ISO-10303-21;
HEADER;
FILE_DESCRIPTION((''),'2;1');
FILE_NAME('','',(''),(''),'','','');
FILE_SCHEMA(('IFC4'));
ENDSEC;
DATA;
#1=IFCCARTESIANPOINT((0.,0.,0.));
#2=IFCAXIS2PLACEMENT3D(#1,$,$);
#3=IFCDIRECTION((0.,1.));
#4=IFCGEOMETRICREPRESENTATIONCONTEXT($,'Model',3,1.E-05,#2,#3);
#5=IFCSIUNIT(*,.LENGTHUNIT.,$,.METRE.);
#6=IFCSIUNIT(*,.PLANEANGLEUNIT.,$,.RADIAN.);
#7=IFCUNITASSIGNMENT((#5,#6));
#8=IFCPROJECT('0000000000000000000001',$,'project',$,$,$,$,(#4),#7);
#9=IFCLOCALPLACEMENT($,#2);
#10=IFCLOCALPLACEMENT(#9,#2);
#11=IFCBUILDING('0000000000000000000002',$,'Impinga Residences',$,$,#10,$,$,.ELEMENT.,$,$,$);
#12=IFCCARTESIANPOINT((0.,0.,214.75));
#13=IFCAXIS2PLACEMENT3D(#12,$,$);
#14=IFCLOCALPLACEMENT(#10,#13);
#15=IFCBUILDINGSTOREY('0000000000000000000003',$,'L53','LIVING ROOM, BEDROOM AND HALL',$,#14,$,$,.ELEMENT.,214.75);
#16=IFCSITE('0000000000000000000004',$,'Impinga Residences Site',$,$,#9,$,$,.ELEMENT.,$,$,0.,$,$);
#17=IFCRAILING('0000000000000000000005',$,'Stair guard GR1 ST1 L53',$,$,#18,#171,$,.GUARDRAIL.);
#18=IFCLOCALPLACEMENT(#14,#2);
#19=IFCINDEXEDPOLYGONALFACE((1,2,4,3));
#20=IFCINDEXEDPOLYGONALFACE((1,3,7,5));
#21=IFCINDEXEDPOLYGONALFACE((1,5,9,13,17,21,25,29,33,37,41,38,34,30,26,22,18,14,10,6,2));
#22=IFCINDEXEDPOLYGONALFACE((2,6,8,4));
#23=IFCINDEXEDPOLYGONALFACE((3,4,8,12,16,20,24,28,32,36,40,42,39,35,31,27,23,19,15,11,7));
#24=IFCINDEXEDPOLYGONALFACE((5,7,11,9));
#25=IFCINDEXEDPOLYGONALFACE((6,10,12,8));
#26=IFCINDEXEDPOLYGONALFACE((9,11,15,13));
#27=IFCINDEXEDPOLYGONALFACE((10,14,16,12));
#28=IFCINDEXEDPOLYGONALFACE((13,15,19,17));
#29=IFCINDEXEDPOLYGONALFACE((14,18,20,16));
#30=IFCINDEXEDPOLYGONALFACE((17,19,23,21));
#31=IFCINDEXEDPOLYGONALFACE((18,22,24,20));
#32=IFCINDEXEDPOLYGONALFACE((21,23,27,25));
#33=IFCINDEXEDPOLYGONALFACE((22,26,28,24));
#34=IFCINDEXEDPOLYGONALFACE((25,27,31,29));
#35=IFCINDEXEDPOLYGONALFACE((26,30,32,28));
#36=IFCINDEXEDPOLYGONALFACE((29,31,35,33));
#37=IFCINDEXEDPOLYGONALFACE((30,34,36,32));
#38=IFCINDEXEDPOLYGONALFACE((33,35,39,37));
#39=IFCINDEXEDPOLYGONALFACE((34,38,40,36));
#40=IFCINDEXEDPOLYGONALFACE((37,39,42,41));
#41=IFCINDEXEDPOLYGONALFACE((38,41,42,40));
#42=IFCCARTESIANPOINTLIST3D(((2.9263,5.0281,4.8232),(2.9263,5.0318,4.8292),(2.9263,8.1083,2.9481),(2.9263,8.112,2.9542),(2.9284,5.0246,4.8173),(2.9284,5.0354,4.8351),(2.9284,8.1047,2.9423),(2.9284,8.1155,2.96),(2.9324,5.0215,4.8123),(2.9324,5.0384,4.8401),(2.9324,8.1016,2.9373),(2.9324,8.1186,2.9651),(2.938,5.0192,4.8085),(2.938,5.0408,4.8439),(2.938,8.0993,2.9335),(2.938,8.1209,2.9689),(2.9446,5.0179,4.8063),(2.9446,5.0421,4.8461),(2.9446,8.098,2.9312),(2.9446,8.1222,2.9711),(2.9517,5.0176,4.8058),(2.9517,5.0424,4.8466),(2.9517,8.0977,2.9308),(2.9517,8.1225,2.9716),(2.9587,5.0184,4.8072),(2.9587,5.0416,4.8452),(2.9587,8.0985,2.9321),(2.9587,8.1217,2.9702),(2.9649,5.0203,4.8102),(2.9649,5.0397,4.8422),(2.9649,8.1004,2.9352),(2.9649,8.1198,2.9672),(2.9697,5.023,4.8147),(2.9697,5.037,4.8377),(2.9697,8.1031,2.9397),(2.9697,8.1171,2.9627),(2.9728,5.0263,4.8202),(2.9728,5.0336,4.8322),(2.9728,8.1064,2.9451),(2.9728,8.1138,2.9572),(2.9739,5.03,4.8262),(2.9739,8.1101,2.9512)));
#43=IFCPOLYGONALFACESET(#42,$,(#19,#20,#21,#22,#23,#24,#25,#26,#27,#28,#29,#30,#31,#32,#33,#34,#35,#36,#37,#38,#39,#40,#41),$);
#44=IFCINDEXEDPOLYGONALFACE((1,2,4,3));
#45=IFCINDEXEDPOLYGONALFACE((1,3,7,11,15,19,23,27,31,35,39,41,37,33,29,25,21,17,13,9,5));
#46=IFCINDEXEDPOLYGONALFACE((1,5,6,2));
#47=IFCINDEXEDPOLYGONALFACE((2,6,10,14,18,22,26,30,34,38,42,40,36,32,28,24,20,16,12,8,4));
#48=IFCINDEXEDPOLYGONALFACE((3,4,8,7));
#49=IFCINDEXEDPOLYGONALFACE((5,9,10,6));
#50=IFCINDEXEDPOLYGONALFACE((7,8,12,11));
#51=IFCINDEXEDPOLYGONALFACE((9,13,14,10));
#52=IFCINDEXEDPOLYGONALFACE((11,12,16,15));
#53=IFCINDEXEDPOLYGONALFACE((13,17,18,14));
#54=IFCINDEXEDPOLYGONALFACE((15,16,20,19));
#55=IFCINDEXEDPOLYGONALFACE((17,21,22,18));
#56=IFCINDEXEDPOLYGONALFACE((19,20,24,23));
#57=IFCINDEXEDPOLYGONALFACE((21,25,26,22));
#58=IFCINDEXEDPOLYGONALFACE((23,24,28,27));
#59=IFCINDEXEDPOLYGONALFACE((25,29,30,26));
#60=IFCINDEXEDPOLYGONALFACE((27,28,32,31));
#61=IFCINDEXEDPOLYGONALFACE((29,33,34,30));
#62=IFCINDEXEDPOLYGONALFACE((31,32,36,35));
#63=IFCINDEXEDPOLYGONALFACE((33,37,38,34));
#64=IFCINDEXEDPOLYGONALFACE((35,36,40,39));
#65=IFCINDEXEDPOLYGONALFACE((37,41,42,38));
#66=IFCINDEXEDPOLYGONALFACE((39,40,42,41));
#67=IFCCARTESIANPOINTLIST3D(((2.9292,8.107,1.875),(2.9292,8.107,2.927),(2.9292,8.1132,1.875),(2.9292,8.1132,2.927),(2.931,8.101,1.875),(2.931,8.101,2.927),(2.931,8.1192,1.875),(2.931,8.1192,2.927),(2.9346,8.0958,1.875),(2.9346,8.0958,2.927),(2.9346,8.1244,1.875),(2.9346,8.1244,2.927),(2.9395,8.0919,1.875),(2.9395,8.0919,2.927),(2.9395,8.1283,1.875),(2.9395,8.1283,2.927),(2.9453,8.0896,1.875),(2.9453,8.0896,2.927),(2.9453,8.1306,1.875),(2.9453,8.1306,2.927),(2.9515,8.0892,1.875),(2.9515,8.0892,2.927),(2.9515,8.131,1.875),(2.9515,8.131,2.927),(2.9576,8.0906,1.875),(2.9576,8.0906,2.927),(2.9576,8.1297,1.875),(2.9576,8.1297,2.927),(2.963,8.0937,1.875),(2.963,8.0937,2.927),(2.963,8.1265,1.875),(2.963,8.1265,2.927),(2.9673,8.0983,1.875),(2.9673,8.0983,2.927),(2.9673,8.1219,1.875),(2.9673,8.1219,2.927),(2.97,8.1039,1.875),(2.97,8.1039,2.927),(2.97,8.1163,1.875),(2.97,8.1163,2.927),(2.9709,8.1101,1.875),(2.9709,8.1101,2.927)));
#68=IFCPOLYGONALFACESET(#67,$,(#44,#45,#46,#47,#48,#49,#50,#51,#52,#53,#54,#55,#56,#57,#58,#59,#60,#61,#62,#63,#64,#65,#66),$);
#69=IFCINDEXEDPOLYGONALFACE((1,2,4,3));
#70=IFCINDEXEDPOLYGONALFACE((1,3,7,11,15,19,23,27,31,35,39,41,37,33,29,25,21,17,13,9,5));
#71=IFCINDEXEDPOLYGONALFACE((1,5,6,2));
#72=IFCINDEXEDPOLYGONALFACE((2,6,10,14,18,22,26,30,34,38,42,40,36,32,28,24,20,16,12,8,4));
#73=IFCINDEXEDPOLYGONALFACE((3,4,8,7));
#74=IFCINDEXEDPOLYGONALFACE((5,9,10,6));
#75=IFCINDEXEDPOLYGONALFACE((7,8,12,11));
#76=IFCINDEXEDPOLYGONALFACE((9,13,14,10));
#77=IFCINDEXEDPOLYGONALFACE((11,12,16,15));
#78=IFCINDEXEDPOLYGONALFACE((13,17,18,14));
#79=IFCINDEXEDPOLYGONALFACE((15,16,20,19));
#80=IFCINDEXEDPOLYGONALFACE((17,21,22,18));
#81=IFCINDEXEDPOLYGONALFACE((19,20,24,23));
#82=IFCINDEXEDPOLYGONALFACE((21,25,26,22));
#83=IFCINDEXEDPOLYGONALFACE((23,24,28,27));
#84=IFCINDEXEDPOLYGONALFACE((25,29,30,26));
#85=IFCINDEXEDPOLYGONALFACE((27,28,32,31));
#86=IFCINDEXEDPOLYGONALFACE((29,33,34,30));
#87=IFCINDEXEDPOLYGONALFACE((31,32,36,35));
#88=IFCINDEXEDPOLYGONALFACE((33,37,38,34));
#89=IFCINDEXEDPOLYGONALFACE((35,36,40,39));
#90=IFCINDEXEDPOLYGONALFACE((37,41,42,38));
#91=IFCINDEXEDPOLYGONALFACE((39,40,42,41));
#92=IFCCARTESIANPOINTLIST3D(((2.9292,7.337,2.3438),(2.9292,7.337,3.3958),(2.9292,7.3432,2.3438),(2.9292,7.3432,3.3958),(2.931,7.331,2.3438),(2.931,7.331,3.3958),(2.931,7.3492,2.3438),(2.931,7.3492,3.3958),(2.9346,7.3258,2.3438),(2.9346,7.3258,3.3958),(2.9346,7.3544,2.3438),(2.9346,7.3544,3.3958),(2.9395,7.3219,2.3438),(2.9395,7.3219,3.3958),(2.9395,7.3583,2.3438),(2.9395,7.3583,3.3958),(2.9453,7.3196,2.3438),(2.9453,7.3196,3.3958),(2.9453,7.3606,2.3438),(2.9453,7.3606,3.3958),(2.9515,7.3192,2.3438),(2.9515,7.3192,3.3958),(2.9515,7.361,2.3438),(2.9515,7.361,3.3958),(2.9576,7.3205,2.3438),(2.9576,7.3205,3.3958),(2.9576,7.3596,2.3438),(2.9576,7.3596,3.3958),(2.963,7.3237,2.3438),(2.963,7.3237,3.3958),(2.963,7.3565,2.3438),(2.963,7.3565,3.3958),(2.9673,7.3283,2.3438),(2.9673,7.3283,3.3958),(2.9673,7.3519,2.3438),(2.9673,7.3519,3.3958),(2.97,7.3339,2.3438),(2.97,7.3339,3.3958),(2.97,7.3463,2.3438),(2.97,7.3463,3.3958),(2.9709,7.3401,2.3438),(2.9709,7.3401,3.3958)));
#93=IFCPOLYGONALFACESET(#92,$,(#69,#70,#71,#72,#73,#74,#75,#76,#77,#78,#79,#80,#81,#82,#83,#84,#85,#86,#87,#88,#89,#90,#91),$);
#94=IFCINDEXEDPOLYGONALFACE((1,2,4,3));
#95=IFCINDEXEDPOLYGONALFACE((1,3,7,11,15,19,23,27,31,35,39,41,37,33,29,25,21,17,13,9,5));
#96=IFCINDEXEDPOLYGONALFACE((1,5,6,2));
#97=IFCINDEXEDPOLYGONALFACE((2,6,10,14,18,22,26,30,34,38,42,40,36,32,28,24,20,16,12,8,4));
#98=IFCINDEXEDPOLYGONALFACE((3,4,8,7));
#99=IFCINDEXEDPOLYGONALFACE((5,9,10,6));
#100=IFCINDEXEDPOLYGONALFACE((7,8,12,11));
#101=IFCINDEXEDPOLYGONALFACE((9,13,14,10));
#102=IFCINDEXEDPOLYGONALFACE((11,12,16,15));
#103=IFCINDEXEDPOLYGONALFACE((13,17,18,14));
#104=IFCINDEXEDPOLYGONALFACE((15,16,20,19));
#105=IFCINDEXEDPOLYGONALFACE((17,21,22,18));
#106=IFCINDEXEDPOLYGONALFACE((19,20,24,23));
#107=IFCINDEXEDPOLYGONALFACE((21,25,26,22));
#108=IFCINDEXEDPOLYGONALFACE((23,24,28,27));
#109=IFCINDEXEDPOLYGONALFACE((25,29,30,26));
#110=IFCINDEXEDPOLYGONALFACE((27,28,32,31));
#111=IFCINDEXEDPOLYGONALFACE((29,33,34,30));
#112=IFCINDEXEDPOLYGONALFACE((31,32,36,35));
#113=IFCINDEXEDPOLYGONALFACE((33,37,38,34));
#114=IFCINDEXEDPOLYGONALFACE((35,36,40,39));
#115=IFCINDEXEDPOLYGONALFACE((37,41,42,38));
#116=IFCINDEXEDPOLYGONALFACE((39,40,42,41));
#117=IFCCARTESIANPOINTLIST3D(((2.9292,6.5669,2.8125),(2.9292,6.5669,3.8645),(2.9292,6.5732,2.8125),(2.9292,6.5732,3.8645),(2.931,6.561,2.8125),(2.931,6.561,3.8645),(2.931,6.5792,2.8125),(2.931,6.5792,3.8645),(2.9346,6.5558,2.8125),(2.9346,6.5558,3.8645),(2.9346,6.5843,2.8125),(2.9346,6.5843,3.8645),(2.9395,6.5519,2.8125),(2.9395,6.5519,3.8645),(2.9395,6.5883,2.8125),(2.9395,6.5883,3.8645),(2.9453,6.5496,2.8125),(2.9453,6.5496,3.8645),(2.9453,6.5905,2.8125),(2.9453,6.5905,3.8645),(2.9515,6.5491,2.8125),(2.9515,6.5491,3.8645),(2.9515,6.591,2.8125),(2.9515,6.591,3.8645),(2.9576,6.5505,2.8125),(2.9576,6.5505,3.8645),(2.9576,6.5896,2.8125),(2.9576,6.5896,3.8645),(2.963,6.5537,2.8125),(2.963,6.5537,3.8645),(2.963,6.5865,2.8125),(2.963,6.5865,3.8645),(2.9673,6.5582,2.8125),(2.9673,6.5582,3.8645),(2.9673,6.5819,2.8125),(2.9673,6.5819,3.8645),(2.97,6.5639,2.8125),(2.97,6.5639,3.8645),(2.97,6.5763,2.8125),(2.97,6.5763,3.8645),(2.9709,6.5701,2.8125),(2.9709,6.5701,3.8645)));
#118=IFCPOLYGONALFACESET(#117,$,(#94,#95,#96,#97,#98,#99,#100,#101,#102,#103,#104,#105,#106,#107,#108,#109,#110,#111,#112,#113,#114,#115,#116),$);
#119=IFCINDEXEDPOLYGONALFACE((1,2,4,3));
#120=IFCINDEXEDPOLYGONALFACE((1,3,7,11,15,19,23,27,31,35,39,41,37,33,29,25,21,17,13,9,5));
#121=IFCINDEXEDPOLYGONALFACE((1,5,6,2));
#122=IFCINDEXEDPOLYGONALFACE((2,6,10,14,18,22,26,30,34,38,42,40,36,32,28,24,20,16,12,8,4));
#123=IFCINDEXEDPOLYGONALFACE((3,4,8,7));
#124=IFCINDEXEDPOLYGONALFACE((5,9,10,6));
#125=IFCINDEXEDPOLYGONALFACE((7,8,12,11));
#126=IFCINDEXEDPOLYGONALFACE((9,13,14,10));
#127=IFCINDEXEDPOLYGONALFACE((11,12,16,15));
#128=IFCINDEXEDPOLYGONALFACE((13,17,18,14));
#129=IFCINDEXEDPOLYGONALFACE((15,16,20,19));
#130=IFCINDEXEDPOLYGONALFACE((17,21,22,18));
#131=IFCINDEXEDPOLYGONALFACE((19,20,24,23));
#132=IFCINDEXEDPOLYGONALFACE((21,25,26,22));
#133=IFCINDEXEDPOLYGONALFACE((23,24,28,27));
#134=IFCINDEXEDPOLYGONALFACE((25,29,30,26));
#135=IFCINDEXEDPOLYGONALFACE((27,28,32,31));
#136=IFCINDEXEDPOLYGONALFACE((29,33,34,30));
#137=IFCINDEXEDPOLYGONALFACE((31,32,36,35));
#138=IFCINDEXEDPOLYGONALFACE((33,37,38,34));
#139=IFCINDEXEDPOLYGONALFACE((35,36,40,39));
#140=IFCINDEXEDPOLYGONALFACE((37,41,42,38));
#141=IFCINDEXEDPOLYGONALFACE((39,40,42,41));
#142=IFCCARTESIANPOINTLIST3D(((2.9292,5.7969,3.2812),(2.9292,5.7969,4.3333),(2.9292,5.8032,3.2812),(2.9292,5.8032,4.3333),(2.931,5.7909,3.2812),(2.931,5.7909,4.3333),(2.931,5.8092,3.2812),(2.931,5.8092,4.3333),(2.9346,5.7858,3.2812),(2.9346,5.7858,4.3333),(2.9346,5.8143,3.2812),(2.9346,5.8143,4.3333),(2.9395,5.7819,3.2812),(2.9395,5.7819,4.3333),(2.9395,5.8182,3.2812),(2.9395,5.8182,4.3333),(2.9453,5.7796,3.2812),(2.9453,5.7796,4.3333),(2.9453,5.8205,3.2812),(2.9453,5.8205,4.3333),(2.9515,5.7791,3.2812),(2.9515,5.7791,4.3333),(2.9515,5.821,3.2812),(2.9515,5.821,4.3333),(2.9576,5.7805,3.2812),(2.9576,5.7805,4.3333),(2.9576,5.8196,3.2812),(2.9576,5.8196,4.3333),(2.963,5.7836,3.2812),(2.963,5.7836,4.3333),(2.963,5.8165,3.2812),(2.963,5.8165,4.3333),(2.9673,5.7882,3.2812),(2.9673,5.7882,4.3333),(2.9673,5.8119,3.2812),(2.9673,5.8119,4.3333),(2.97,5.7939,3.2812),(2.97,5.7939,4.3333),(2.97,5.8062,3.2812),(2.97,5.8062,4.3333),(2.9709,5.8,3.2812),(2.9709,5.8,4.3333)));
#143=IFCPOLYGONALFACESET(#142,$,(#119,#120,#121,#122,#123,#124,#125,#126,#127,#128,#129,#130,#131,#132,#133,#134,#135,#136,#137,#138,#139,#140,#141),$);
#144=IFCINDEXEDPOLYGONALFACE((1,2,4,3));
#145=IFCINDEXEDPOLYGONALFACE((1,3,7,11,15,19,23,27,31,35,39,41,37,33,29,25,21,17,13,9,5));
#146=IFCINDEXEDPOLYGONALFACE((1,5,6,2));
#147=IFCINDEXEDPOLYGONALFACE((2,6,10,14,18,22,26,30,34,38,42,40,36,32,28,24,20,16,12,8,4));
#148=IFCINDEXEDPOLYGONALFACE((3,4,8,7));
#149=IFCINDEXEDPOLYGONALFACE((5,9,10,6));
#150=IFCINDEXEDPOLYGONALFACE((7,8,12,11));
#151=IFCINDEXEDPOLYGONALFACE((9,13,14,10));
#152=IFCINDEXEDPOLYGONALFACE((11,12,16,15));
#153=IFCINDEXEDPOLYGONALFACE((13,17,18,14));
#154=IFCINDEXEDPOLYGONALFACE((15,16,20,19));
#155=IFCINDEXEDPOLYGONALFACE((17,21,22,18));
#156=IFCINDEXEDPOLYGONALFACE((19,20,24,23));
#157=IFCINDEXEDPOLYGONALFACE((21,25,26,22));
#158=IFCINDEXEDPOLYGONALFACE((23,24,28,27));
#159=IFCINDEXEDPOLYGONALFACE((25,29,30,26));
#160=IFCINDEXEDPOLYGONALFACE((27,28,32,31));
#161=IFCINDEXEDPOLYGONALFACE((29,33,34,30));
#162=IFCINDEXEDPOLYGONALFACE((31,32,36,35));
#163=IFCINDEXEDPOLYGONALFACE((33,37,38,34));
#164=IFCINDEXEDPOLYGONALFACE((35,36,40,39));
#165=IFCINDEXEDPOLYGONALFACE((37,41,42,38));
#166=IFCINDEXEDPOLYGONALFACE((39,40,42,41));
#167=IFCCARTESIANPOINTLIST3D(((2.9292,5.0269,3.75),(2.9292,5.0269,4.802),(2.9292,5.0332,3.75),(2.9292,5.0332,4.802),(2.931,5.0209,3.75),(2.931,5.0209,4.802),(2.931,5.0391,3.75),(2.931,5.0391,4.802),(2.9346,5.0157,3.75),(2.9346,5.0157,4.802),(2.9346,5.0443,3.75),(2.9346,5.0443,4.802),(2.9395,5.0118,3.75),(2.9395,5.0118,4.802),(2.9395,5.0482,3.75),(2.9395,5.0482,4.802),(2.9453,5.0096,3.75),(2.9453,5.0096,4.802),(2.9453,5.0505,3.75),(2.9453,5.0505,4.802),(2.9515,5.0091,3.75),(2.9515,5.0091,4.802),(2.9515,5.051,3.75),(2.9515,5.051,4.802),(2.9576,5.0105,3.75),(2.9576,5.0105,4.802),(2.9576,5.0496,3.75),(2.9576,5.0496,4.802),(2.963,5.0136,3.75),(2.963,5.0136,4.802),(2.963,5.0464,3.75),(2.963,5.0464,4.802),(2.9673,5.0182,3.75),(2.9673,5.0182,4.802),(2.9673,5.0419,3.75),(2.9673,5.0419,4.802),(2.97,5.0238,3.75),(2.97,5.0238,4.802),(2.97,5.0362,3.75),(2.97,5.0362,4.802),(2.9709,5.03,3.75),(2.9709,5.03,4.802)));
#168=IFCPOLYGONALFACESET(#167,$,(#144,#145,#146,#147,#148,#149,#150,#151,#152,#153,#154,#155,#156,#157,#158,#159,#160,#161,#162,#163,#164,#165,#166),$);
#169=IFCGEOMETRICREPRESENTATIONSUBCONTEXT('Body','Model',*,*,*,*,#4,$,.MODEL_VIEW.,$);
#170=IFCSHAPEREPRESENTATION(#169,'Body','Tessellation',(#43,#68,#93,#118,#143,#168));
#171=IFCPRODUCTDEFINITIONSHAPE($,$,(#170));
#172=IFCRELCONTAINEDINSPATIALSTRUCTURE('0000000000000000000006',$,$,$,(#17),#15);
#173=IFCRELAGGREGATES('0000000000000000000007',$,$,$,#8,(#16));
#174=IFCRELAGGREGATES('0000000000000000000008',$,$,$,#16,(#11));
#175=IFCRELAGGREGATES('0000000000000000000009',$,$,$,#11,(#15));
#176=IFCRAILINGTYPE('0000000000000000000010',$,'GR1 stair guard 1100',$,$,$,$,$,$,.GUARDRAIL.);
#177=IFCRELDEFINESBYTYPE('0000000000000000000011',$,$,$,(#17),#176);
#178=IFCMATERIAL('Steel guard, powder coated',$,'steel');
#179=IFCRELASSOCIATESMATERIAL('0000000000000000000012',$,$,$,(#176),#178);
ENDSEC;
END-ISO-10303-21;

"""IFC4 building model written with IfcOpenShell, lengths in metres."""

from ifc_helpers import new_model, si_unit, direction, frame, origin, origin_2d, place, context, subcontext, project, spatial, circle, extrude, material, type_object, element, save


model = new_model("IFC4")

# Units and contexts
model_context = context("Model", 3, precision=1e-05, world=origin(), true_north=direction((0.0, 1.0)))
body_context = subcontext(model_context, "Body", "Model", "MODEL_VIEW")
ifc_project = project(units=[si_unit("LENGTHUNIT", "METRE"), si_unit("PLANEANGLEUNIT", "RADIAN")], contexts=[model_context])

# Site, building, storey
site_placement = place(None, origin())
site = spatial("IfcSite", under=ifc_project, at=site_placement, Name="Impinga Residences Site", CompositionType="ELEMENT", RefElevation=0.0)
building_placement = place(site_placement, origin())
building = spatial("IfcBuilding", under=site, at=building_placement, Name="Impinga Residences", CompositionType="ELEMENT")
storey_placement = place(building_placement, frame((0.0, 0.0, 214.75)))
storey = spatial("IfcBuildingStorey", under=building, at=storey_placement, Name="L53", Description="LIVING ROOM, BEDROOM AND HALL", CompositionType="ELEMENT", Elevation=214.75)

# Railing
ifc_material_1 = material(Name="Steel guard, powder coated", Category="steel")
railing_type_1 = type_object("IfcRailingType", Name="GR1 stair guard 1100", PredefinedType="GUARDRAIL", material=ifc_material_1)
railing_1_placement = place(storey_placement, frame((2.95, 8.1101, 1.875)))
element("IfcRailing", 1, at=railing_1_placement, inside=storey, type_object=railing_type_1, Name="Stair guard GR1 ST1 L53", PredefinedType="GUARDRAIL", context=body_context, shape_type="SweptSolid", body=[
    extrude(circle(Radius=0.0239, at=origin_2d()), frame((0.0, 0.0, 1.0762), z_axis=(0.0, -0.854178, 0.519981), x_axis=(1.0, 0.0, 0.0)), (0.0, 0.0, 1.0), 3.606),
    extrude(circle(Radius=0.021, at=origin_2d()), origin(), (0.0, 0.0, 1.0), 1.052),
    extrude(circle(Radius=0.021, at=origin_2d()), frame((0.0, -0.77, 0.4688)), (0.0, 0.0, 1.0), 1.052),
    extrude(circle(Radius=0.021, at=origin_2d()), frame((0.0, -1.54, 0.9375)), (0.0, 0.0, 1.0), 1.052),
    extrude(circle(Radius=0.021, at=origin_2d()), frame((0.0, -2.3101, 1.4062)), (0.0, 0.0, 1.0), 1.052),
    extrude(circle(Radius=0.021, at=origin_2d()), frame((0.0, -3.0801, 1.875)), (0.0, 0.0, 1.0), 1.052),
])

save(model, "model.ifc")
